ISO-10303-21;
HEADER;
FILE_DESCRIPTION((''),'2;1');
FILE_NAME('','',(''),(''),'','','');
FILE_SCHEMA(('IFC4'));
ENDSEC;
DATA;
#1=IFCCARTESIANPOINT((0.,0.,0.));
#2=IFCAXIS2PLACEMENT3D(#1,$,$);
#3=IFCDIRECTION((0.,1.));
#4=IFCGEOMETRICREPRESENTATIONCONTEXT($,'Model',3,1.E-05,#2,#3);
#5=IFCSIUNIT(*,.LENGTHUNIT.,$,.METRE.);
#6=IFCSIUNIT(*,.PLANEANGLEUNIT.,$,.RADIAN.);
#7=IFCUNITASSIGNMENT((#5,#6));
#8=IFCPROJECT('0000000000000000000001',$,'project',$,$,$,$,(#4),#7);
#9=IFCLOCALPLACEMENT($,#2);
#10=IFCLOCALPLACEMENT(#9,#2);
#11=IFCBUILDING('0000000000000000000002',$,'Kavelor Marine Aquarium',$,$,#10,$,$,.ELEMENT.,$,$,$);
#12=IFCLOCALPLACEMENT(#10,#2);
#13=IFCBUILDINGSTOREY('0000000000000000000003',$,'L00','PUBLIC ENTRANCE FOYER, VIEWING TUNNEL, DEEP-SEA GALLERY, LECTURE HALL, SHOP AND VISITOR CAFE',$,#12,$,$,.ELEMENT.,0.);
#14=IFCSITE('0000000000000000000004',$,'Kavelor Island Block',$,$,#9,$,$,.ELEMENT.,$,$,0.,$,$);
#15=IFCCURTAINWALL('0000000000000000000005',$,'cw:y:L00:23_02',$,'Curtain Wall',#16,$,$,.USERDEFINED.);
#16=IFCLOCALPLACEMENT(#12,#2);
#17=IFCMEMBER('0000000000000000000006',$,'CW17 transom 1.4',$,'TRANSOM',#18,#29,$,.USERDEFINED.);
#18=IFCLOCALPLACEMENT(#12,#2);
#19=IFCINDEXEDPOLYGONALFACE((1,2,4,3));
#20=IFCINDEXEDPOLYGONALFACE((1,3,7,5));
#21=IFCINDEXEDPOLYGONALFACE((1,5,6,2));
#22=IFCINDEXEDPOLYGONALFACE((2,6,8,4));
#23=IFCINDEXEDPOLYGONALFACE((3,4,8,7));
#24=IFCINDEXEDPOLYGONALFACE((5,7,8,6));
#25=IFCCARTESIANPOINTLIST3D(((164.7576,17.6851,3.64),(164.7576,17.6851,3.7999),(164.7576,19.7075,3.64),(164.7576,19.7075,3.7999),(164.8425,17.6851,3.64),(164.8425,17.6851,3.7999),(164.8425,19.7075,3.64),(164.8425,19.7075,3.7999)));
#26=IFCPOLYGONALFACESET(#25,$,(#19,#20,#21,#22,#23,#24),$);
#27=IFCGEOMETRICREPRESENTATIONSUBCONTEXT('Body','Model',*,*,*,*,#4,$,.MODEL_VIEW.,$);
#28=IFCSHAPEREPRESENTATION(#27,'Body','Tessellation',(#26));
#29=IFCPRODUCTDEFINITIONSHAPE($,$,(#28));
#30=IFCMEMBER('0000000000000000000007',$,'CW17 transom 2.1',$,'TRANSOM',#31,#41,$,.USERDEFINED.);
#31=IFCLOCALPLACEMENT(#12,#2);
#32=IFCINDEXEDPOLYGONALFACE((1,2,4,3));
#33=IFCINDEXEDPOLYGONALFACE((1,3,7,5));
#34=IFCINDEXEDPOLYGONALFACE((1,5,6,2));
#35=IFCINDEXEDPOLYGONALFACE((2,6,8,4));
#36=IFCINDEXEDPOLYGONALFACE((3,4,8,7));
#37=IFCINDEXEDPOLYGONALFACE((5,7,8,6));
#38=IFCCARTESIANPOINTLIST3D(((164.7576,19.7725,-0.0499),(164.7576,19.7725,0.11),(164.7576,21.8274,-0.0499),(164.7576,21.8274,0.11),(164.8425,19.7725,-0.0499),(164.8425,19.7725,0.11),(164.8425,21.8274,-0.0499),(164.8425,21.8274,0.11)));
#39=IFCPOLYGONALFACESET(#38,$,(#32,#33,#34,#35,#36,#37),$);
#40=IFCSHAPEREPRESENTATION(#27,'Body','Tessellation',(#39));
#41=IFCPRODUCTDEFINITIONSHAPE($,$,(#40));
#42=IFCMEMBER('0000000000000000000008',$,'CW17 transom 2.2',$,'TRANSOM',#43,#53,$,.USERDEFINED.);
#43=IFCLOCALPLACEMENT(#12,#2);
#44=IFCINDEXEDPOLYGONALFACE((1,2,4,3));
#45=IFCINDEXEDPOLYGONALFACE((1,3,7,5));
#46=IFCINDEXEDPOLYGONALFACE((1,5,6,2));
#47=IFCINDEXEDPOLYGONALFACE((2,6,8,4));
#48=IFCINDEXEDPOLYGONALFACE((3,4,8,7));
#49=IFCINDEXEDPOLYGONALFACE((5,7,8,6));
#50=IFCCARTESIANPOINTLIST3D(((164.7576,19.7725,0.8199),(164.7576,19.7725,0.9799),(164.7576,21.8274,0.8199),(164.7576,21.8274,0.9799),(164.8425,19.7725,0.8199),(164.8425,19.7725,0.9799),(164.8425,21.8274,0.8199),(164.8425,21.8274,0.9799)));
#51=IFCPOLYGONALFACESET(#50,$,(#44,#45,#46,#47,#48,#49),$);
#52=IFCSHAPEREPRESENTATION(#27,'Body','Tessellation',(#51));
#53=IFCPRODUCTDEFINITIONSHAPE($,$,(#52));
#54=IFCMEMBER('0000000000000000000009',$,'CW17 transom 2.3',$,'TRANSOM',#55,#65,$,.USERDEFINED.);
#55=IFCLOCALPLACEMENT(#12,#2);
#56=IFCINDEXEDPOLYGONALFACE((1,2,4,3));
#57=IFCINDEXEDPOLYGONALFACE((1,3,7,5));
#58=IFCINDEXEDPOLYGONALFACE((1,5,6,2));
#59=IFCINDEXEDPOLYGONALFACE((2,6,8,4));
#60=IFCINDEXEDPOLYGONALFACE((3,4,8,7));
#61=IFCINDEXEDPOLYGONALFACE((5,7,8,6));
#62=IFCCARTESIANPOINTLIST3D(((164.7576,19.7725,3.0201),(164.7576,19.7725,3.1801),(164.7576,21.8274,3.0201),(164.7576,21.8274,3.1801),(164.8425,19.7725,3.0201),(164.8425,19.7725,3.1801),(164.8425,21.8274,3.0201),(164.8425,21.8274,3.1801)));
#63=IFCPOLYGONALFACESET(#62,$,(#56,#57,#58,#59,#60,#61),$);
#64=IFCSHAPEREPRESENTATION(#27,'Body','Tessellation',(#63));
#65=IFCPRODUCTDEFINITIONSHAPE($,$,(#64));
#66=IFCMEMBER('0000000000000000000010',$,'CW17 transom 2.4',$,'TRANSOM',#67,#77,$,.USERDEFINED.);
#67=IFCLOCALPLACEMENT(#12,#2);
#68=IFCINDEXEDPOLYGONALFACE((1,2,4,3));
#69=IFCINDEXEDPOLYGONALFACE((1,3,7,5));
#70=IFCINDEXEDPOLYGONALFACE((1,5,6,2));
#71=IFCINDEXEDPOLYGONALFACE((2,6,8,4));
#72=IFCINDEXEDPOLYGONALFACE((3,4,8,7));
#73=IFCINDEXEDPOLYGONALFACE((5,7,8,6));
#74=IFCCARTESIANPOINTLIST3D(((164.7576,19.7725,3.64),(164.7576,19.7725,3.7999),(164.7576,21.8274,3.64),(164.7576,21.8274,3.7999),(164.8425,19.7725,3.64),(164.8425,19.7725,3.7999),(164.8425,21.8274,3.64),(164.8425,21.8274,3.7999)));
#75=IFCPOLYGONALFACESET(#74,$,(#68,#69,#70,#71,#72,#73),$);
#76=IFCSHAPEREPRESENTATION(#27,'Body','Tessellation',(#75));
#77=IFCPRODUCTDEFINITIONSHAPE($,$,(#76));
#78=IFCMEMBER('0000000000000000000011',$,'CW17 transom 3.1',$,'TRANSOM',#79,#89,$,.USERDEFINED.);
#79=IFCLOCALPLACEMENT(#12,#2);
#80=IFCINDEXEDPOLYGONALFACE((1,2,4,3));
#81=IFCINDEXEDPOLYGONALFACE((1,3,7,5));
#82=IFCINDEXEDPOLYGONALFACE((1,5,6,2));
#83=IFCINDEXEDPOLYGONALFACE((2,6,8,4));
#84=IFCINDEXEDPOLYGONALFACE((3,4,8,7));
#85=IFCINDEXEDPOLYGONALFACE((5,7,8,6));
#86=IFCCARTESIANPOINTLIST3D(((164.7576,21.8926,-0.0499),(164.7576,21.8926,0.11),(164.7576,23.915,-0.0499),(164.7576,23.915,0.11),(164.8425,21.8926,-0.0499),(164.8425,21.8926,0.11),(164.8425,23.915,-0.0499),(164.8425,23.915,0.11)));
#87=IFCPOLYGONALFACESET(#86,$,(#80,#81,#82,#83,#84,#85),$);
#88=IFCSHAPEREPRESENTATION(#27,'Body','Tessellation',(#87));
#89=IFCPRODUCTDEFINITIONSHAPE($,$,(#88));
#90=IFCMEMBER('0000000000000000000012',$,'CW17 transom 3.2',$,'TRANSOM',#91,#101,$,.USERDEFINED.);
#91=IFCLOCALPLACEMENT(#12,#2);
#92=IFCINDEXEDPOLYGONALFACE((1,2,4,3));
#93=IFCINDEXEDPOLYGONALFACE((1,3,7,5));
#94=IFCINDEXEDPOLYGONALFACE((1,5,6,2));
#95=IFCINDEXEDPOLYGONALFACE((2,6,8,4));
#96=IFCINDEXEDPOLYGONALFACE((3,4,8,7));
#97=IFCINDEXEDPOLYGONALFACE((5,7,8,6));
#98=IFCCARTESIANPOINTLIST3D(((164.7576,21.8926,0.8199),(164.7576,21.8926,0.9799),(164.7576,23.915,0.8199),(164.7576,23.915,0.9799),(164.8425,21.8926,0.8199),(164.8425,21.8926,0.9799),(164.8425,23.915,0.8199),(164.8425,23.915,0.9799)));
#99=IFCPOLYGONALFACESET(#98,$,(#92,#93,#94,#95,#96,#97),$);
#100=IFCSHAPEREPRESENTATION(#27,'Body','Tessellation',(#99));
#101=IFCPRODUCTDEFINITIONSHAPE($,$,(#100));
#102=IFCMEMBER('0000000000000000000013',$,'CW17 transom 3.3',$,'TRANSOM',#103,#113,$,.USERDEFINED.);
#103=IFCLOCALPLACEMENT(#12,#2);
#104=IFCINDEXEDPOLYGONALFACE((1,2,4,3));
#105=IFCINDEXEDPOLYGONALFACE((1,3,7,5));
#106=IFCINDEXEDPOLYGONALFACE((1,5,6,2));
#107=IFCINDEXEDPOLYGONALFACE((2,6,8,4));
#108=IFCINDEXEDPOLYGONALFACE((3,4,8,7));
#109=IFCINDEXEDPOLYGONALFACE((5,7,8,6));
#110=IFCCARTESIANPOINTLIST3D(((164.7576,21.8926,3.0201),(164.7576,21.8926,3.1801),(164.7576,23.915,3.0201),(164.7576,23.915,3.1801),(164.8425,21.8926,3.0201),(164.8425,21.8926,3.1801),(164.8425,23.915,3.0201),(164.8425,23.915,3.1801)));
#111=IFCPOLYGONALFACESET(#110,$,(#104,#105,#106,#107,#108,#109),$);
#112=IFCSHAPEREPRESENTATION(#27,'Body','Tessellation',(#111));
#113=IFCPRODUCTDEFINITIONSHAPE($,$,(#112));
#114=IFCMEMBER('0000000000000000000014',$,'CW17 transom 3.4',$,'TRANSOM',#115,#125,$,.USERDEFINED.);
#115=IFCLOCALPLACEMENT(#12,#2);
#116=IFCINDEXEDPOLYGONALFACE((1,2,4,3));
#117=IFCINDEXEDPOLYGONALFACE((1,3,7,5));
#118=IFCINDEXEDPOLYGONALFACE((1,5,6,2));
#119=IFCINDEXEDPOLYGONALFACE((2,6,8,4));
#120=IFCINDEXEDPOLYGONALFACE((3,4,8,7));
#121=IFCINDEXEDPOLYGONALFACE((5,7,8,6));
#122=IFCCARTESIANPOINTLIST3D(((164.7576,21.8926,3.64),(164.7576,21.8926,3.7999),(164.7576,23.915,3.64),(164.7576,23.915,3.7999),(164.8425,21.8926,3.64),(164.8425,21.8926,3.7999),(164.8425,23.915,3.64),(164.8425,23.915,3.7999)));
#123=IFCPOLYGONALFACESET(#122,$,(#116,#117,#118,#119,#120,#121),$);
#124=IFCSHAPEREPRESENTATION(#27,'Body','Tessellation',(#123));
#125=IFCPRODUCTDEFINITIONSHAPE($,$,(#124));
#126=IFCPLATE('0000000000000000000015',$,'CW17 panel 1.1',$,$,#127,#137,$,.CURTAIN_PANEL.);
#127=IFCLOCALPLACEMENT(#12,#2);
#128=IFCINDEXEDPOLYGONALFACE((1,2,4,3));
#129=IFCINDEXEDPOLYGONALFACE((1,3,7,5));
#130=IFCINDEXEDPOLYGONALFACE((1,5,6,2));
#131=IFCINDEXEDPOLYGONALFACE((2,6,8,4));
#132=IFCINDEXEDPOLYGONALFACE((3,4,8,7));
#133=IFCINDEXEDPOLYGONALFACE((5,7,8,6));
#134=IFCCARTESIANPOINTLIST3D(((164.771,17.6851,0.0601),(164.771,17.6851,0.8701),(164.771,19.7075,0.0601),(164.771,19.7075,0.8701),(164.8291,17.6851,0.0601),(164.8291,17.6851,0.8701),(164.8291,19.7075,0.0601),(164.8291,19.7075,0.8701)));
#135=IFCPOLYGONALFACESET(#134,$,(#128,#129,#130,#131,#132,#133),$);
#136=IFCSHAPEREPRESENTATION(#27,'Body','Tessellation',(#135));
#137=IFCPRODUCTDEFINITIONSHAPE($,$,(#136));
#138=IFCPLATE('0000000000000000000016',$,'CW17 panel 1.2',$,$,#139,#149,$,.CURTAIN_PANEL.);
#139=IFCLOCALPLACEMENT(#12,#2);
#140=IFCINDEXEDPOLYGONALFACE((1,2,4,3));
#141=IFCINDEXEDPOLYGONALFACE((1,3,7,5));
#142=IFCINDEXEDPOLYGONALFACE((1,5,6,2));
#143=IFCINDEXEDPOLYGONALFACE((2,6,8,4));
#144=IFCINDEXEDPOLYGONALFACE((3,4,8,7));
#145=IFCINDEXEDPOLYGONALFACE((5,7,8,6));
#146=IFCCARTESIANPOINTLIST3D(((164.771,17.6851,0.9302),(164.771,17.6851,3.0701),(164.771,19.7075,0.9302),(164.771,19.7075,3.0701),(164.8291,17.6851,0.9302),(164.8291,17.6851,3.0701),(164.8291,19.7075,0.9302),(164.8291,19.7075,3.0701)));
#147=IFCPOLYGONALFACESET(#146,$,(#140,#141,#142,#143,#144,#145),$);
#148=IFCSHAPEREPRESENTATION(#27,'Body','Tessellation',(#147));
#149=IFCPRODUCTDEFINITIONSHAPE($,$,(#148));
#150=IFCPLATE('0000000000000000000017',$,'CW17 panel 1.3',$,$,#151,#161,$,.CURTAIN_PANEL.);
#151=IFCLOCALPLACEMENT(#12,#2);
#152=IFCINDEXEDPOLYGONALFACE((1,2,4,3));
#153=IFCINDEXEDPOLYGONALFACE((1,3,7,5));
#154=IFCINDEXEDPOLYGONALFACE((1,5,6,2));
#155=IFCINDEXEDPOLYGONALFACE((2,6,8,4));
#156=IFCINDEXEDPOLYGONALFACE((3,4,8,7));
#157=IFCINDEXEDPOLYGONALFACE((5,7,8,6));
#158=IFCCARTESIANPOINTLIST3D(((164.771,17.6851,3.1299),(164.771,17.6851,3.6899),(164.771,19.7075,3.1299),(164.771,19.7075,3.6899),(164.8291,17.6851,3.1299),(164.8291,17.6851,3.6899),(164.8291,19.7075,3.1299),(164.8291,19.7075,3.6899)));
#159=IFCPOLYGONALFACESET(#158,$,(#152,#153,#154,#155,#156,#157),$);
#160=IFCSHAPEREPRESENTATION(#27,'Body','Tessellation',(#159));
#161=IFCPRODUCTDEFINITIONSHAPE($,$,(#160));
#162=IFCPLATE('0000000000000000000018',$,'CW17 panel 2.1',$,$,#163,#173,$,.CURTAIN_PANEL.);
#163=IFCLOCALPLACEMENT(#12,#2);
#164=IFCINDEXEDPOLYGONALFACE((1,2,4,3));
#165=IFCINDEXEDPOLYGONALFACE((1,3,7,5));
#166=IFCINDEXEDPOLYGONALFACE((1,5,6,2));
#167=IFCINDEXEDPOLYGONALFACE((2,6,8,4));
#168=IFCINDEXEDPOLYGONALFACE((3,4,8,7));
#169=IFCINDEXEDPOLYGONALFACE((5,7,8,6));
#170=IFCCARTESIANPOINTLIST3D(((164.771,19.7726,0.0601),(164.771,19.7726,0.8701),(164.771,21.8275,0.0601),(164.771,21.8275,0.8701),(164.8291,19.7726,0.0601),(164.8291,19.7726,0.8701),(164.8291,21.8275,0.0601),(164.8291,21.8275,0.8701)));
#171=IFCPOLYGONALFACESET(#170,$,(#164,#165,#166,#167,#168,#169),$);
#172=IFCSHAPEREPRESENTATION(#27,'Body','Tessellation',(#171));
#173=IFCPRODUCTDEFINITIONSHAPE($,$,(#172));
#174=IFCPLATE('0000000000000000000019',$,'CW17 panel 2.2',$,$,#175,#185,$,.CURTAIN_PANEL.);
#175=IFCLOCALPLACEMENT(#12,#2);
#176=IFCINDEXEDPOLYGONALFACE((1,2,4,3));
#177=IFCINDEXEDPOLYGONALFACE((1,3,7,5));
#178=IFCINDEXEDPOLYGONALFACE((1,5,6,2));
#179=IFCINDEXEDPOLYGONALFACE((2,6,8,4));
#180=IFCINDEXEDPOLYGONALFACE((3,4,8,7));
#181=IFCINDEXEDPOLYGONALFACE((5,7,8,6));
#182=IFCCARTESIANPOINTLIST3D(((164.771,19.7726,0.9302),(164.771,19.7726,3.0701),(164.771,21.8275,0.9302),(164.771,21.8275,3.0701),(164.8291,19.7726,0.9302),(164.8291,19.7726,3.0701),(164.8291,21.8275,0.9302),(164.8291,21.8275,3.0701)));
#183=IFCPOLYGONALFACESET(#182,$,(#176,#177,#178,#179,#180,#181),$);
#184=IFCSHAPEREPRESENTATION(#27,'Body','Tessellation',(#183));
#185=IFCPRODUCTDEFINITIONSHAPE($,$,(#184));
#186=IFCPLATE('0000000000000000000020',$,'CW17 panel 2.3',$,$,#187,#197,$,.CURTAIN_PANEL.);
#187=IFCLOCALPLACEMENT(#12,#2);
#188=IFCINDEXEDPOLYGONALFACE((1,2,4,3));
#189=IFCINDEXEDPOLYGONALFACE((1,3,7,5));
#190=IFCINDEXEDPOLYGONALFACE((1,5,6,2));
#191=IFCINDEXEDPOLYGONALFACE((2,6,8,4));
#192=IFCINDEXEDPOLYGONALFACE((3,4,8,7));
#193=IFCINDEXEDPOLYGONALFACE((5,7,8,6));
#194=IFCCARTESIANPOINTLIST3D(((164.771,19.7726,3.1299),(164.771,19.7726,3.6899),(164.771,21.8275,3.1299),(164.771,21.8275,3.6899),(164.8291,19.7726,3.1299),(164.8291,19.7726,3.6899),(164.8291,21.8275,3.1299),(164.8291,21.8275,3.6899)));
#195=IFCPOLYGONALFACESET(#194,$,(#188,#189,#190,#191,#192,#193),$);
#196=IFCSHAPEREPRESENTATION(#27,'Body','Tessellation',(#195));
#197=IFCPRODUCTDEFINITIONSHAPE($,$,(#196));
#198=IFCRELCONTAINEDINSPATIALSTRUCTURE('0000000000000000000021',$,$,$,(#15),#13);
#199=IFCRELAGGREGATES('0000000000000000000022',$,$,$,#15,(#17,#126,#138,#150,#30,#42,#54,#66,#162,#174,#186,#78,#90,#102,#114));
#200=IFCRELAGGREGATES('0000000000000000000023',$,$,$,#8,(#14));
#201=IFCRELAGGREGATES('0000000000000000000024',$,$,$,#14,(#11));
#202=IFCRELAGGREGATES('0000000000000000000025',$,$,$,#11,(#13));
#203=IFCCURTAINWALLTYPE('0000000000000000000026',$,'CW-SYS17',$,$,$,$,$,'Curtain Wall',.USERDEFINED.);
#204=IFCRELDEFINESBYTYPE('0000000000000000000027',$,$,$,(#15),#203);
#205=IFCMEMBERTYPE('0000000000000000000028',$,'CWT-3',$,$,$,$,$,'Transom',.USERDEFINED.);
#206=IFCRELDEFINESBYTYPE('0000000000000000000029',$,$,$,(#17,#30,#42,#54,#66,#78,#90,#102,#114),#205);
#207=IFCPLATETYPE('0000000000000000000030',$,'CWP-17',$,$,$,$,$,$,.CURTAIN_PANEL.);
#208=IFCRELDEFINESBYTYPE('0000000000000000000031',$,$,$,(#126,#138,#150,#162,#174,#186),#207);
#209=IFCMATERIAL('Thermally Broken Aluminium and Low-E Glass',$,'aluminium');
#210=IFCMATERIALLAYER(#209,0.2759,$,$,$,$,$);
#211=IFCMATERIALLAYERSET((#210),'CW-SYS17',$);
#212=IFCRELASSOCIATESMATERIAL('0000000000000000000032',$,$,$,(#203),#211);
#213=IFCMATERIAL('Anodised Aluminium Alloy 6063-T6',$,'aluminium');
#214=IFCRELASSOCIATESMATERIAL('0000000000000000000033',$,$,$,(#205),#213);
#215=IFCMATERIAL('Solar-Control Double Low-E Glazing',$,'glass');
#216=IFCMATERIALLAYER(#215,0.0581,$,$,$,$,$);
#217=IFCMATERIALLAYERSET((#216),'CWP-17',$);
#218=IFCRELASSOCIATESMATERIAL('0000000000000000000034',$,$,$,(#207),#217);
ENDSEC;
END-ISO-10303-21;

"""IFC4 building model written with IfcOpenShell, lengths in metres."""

from ifc_helpers import new_model, si_unit, direction, frame, origin, origin_2d, place, context, subcontext, project, spatial, rectangle, extrude, material, layer, layer_set, material_profile, profile_set, type_object, element, aggregate, save


model = new_model("IFC4")

# Units and contexts
model_context = context("Model", 3, precision=1e-05, world=origin(), true_north=direction((0.0, 1.0)))
body_context = subcontext(model_context, "Body", "Model", "MODEL_VIEW")
ifc_project = project(units=[si_unit("LENGTHUNIT", "METRE"), si_unit("PLANEANGLEUNIT", "RADIAN")], contexts=[model_context])

# Site, building, storey
site_placement = place(None, origin())
site = spatial("IfcSite", under=ifc_project, at=site_placement, Name="Kavelor Island Block", CompositionType="ELEMENT", RefElevation=0.0)
building_placement = place(site_placement, origin())
building = spatial("IfcBuilding", under=site, at=building_placement, Name="Kavelor Marine Aquarium", CompositionType="ELEMENT")
storey_placement = place(building_placement, origin())
storey = spatial("IfcBuildingStorey", under=building, at=storey_placement, Name="L00", Description="PUBLIC ENTRANCE FOYER, VIEWING TUNNEL, DEEP-SEA GALLERY, LECTURE HALL, SHOP AND VISITOR CAFE", CompositionType="ELEMENT", Elevation=0.0)

# Curtain wall, members, plates
ifc_material_1 = material(Name="Thermally Broken Aluminium and Low-E Glass", Category="aluminium")
ifc_layer_1 = layer(ifc_material_1, 0.2759)
ifc_layer_set_1 = layer_set([ifc_layer_1], Name="CW-SYS17")
curtain_wall_type = type_object("IfcCurtainWallType", Name="CW-SYS17", ElementType="Curtain Wall", PredefinedType="USERDEFINED", material=ifc_layer_set_1)
curtain_wall_placement = place(storey_placement, origin())
curtain_wall = element("IfcCurtainWall", 1, at=curtain_wall_placement, inside=storey, type_object=curtain_wall_type, Name="cw:y:L00:23_02", ObjectType="Curtain Wall", PredefinedType="USERDEFINED")
ifc_material_2 = material(Name="Anodised Aluminium Alloy 6063-T6", Category="aluminium")
ifc_material_profile_1 = material_profile(ifc_material_2, rectangle(XDim=0.085, YDim=0.1599, at=origin_2d()), Name="CW-TRN 85x160")
ifc_profile_set_1 = profile_set([ifc_material_profile_1], Name="Anodised Aluminium Alloy 6063-T6")
member_type_1 = type_object("IfcMemberType", Name="CWT-3", ElementType="Transom", PredefinedType="USERDEFINED", material=ifc_profile_set_1)
member_1_placement = place(storey_placement, frame((164.8, 17.6851, 3.72), z_axis=(0.0, 1.0, 0.0), x_axis=(-1.0, 0.0, 0.0)))
member_1 = element("IfcMember", 2, at=member_1_placement, type_object=member_type_1, Name="CW17 transom 1.4", ObjectType="TRANSOM", PredefinedType="USERDEFINED", context=body_context, shape_type="SweptSolid", body=[
    extrude(rectangle(XDim=0.085, YDim=0.1599, at=origin_2d()), origin(), (0.0, 0.0, 1.0), 2.0225),
])
member_2_placement = place(storey_placement, frame((164.8, 19.7725, 0.03), z_axis=(0.0, 1.0, 0.0), x_axis=(-1.0, 0.0, 0.0)))
member_2 = element("IfcMember", 3, at=member_2_placement, type_object=member_type_1, Name="CW17 transom 2.1", ObjectType="TRANSOM", PredefinedType="USERDEFINED", context=body_context, shape_type="SweptSolid", body=[
    extrude(rectangle(XDim=0.085, YDim=0.1599, at=origin_2d()), origin(), (0.0, 0.0, 1.0), 2.0549),
])
member_3_placement = place(storey_placement, frame((164.8, 19.7725, 0.8999), z_axis=(0.0, 1.0, 0.0), x_axis=(-1.0, 0.0, 0.0)))
member_3 = element("IfcMember", 4, at=member_3_placement, type_object=member_type_1, Name="CW17 transom 2.2", ObjectType="TRANSOM", PredefinedType="USERDEFINED", context=body_context, shape_type="SweptSolid", body=[
    extrude(rectangle(XDim=0.085, YDim=0.1599, at=origin_2d()), origin(), (0.0, 0.0, 1.0), 2.0549),
])
member_4_placement = place(storey_placement, frame((164.8, 19.7725, 3.1001), z_axis=(0.0, 1.0, 0.0), x_axis=(-1.0, 0.0, 0.0)))
member_4 = element("IfcMember", 5, at=member_4_placement, type_object=member_type_1, Name="CW17 transom 2.3", ObjectType="TRANSOM", PredefinedType="USERDEFINED", context=body_context, shape_type="SweptSolid", body=[
    extrude(rectangle(XDim=0.085, YDim=0.1599, at=origin_2d()), origin(), (0.0, 0.0, 1.0), 2.0549),
])
member_5_placement = place(storey_placement, frame((164.8, 19.7725, 3.72), z_axis=(0.0, 1.0, 0.0), x_axis=(-1.0, 0.0, 0.0)))
member_5 = element("IfcMember", 6, at=member_5_placement, type_object=member_type_1, Name="CW17 transom 2.4", ObjectType="TRANSOM", PredefinedType="USERDEFINED", context=body_context, shape_type="SweptSolid", body=[
    extrude(rectangle(XDim=0.085, YDim=0.1599, at=origin_2d()), origin(), (0.0, 0.0, 1.0), 2.0549),
])
member_6_placement = place(storey_placement, frame((164.8, 21.8926, 0.03), z_axis=(0.0, 1.0, 0.0), x_axis=(-1.0, 0.0, 0.0)))
member_6 = element("IfcMember", 7, at=member_6_placement, type_object=member_type_1, Name="CW17 transom 3.1", ObjectType="TRANSOM", PredefinedType="USERDEFINED", context=body_context, shape_type="SweptSolid", body=[
    extrude(rectangle(XDim=0.085, YDim=0.1599, at=origin_2d()), origin(), (0.0, 0.0, 1.0), 2.0225),
])
member_7_placement = place(storey_placement, frame((164.8, 21.8926, 0.8999), z_axis=(0.0, 1.0, 0.0), x_axis=(-1.0, 0.0, 0.0)))
member_7 = element("IfcMember", 8, at=member_7_placement, type_object=member_type_1, Name="CW17 transom 3.2", ObjectType="TRANSOM", PredefinedType="USERDEFINED", context=body_context, shape_type="SweptSolid", body=[
    extrude(rectangle(XDim=0.085, YDim=0.1599, at=origin_2d()), origin(), (0.0, 0.0, 1.0), 2.0225),
])
member_8_placement = place(storey_placement, frame((164.8, 21.8926, 3.1001), z_axis=(0.0, 1.0, 0.0), x_axis=(-1.0, 0.0, 0.0)))
member_8 = element("IfcMember", 9, at=member_8_placement, type_object=member_type_1, Name="CW17 transom 3.3", ObjectType="TRANSOM", PredefinedType="USERDEFINED", context=body_context, shape_type="SweptSolid", body=[
    extrude(rectangle(XDim=0.085, YDim=0.1599, at=origin_2d()), origin(), (0.0, 0.0, 1.0), 2.0225),
])
member_9_placement = place(storey_placement, frame((164.8, 21.8926, 3.72), z_axis=(0.0, 1.0, 0.0), x_axis=(-1.0, 0.0, 0.0)))
member_9 = element("IfcMember", 10, at=member_9_placement, type_object=member_type_1, Name="CW17 transom 3.4", ObjectType="TRANSOM", PredefinedType="USERDEFINED", context=body_context, shape_type="SweptSolid", body=[
    extrude(rectangle(XDim=0.085, YDim=0.1599, at=origin_2d()), origin(), (0.0, 0.0, 1.0), 2.0225),
])
ifc_material_3 = material(Name="Solar-Control Double Low-E Glazing", Category="glass")
ifc_layer_2 = layer(ifc_material_3, 0.0581)
ifc_layer_set_2 = layer_set([ifc_layer_2], Name="CWP-17")
plate_type = type_object("IfcPlateType", Name="CWP-17", PredefinedType="CURTAIN_PANEL", material=ifc_layer_set_2)
plate_1_placement = place(storey_placement, frame((164.8, 18.6963, 0.0601), z_axis=(0.0, 0.0, 1.0), x_axis=(0.0, 1.0, 0.0)))
plate_1 = element("IfcPlate", 11, at=plate_1_placement, type_object=plate_type, Name="CW17 panel 1.1", PredefinedType="CURTAIN_PANEL", context=body_context, shape_type="SweptSolid", body=[
    extrude(rectangle(XDim=2.0225, YDim=0.0581, at=origin_2d()), origin(), (0.0, 0.0, 1.0), 0.8101),
])
plate_2_placement = place(storey_placement, frame((164.8, 18.6963, 0.9302), z_axis=(0.0, 0.0, 1.0), x_axis=(0.0, 1.0, 0.0)))
plate_2 = element("IfcPlate", 12, at=plate_2_placement, type_object=plate_type, Name="CW17 panel 1.2", PredefinedType="CURTAIN_PANEL", context=body_context, shape_type="SweptSolid", body=[
    extrude(rectangle(XDim=2.0225, YDim=0.0581, at=origin_2d()), origin(), (0.0, 0.0, 1.0), 2.1399),
])
plate_3_placement = place(storey_placement, frame((164.8, 18.6963, 3.1299), z_axis=(0.0, 0.0, 1.0), x_axis=(0.0, 1.0, 0.0)))
plate_3 = element("IfcPlate", 13, at=plate_3_placement, type_object=plate_type, Name="CW17 panel 1.3", PredefinedType="CURTAIN_PANEL", context=body_context, shape_type="SweptSolid", body=[
    extrude(rectangle(XDim=2.0225, YDim=0.0581, at=origin_2d()), origin(), (0.0, 0.0, 1.0), 0.5601),
])
plate_4_placement = place(storey_placement, frame((164.8, 20.8, 0.0601), z_axis=(0.0, 0.0, 1.0), x_axis=(0.0, 1.0, 0.0)))
plate_4 = element("IfcPlate", 14, at=plate_4_placement, type_object=plate_type, Name="CW17 panel 2.1", PredefinedType="CURTAIN_PANEL", context=body_context, shape_type="SweptSolid", body=[
    extrude(rectangle(XDim=2.0549, YDim=0.0581, at=origin_2d()), origin(), (0.0, 0.0, 1.0), 0.8101),
])
plate_5_placement = place(storey_placement, frame((164.8, 20.8, 0.9302), z_axis=(0.0, 0.0, 1.0), x_axis=(0.0, 1.0, 0.0)))
plate_5 = element("IfcPlate", 15, at=plate_5_placement, type_object=plate_type, Name="CW17 panel 2.2", PredefinedType="CURTAIN_PANEL", context=body_context, shape_type="SweptSolid", body=[
    extrude(rectangle(XDim=2.0549, YDim=0.0581, at=origin_2d()), origin(), (0.0, 0.0, 1.0), 2.1399),
])
plate_6_placement = place(storey_placement, frame((164.8, 20.8, 3.1299), z_axis=(0.0, 0.0, 1.0), x_axis=(0.0, 1.0, 0.0)))
plate_6 = element("IfcPlate", 16, at=plate_6_placement, type_object=plate_type, Name="CW17 panel 2.3", PredefinedType="CURTAIN_PANEL", context=body_context, shape_type="SweptSolid", body=[
    extrude(rectangle(XDim=2.0549, YDim=0.0581, at=origin_2d()), origin(), (0.0, 0.0, 1.0), 0.5601),
])
aggregate(curtain_wall, [member_1, plate_1, plate_2, plate_3, member_2, member_3, member_4, member_5, plate_4, plate_5, plate_6, member_6, member_7, member_8, member_9])

save(model, "model.ifc")
